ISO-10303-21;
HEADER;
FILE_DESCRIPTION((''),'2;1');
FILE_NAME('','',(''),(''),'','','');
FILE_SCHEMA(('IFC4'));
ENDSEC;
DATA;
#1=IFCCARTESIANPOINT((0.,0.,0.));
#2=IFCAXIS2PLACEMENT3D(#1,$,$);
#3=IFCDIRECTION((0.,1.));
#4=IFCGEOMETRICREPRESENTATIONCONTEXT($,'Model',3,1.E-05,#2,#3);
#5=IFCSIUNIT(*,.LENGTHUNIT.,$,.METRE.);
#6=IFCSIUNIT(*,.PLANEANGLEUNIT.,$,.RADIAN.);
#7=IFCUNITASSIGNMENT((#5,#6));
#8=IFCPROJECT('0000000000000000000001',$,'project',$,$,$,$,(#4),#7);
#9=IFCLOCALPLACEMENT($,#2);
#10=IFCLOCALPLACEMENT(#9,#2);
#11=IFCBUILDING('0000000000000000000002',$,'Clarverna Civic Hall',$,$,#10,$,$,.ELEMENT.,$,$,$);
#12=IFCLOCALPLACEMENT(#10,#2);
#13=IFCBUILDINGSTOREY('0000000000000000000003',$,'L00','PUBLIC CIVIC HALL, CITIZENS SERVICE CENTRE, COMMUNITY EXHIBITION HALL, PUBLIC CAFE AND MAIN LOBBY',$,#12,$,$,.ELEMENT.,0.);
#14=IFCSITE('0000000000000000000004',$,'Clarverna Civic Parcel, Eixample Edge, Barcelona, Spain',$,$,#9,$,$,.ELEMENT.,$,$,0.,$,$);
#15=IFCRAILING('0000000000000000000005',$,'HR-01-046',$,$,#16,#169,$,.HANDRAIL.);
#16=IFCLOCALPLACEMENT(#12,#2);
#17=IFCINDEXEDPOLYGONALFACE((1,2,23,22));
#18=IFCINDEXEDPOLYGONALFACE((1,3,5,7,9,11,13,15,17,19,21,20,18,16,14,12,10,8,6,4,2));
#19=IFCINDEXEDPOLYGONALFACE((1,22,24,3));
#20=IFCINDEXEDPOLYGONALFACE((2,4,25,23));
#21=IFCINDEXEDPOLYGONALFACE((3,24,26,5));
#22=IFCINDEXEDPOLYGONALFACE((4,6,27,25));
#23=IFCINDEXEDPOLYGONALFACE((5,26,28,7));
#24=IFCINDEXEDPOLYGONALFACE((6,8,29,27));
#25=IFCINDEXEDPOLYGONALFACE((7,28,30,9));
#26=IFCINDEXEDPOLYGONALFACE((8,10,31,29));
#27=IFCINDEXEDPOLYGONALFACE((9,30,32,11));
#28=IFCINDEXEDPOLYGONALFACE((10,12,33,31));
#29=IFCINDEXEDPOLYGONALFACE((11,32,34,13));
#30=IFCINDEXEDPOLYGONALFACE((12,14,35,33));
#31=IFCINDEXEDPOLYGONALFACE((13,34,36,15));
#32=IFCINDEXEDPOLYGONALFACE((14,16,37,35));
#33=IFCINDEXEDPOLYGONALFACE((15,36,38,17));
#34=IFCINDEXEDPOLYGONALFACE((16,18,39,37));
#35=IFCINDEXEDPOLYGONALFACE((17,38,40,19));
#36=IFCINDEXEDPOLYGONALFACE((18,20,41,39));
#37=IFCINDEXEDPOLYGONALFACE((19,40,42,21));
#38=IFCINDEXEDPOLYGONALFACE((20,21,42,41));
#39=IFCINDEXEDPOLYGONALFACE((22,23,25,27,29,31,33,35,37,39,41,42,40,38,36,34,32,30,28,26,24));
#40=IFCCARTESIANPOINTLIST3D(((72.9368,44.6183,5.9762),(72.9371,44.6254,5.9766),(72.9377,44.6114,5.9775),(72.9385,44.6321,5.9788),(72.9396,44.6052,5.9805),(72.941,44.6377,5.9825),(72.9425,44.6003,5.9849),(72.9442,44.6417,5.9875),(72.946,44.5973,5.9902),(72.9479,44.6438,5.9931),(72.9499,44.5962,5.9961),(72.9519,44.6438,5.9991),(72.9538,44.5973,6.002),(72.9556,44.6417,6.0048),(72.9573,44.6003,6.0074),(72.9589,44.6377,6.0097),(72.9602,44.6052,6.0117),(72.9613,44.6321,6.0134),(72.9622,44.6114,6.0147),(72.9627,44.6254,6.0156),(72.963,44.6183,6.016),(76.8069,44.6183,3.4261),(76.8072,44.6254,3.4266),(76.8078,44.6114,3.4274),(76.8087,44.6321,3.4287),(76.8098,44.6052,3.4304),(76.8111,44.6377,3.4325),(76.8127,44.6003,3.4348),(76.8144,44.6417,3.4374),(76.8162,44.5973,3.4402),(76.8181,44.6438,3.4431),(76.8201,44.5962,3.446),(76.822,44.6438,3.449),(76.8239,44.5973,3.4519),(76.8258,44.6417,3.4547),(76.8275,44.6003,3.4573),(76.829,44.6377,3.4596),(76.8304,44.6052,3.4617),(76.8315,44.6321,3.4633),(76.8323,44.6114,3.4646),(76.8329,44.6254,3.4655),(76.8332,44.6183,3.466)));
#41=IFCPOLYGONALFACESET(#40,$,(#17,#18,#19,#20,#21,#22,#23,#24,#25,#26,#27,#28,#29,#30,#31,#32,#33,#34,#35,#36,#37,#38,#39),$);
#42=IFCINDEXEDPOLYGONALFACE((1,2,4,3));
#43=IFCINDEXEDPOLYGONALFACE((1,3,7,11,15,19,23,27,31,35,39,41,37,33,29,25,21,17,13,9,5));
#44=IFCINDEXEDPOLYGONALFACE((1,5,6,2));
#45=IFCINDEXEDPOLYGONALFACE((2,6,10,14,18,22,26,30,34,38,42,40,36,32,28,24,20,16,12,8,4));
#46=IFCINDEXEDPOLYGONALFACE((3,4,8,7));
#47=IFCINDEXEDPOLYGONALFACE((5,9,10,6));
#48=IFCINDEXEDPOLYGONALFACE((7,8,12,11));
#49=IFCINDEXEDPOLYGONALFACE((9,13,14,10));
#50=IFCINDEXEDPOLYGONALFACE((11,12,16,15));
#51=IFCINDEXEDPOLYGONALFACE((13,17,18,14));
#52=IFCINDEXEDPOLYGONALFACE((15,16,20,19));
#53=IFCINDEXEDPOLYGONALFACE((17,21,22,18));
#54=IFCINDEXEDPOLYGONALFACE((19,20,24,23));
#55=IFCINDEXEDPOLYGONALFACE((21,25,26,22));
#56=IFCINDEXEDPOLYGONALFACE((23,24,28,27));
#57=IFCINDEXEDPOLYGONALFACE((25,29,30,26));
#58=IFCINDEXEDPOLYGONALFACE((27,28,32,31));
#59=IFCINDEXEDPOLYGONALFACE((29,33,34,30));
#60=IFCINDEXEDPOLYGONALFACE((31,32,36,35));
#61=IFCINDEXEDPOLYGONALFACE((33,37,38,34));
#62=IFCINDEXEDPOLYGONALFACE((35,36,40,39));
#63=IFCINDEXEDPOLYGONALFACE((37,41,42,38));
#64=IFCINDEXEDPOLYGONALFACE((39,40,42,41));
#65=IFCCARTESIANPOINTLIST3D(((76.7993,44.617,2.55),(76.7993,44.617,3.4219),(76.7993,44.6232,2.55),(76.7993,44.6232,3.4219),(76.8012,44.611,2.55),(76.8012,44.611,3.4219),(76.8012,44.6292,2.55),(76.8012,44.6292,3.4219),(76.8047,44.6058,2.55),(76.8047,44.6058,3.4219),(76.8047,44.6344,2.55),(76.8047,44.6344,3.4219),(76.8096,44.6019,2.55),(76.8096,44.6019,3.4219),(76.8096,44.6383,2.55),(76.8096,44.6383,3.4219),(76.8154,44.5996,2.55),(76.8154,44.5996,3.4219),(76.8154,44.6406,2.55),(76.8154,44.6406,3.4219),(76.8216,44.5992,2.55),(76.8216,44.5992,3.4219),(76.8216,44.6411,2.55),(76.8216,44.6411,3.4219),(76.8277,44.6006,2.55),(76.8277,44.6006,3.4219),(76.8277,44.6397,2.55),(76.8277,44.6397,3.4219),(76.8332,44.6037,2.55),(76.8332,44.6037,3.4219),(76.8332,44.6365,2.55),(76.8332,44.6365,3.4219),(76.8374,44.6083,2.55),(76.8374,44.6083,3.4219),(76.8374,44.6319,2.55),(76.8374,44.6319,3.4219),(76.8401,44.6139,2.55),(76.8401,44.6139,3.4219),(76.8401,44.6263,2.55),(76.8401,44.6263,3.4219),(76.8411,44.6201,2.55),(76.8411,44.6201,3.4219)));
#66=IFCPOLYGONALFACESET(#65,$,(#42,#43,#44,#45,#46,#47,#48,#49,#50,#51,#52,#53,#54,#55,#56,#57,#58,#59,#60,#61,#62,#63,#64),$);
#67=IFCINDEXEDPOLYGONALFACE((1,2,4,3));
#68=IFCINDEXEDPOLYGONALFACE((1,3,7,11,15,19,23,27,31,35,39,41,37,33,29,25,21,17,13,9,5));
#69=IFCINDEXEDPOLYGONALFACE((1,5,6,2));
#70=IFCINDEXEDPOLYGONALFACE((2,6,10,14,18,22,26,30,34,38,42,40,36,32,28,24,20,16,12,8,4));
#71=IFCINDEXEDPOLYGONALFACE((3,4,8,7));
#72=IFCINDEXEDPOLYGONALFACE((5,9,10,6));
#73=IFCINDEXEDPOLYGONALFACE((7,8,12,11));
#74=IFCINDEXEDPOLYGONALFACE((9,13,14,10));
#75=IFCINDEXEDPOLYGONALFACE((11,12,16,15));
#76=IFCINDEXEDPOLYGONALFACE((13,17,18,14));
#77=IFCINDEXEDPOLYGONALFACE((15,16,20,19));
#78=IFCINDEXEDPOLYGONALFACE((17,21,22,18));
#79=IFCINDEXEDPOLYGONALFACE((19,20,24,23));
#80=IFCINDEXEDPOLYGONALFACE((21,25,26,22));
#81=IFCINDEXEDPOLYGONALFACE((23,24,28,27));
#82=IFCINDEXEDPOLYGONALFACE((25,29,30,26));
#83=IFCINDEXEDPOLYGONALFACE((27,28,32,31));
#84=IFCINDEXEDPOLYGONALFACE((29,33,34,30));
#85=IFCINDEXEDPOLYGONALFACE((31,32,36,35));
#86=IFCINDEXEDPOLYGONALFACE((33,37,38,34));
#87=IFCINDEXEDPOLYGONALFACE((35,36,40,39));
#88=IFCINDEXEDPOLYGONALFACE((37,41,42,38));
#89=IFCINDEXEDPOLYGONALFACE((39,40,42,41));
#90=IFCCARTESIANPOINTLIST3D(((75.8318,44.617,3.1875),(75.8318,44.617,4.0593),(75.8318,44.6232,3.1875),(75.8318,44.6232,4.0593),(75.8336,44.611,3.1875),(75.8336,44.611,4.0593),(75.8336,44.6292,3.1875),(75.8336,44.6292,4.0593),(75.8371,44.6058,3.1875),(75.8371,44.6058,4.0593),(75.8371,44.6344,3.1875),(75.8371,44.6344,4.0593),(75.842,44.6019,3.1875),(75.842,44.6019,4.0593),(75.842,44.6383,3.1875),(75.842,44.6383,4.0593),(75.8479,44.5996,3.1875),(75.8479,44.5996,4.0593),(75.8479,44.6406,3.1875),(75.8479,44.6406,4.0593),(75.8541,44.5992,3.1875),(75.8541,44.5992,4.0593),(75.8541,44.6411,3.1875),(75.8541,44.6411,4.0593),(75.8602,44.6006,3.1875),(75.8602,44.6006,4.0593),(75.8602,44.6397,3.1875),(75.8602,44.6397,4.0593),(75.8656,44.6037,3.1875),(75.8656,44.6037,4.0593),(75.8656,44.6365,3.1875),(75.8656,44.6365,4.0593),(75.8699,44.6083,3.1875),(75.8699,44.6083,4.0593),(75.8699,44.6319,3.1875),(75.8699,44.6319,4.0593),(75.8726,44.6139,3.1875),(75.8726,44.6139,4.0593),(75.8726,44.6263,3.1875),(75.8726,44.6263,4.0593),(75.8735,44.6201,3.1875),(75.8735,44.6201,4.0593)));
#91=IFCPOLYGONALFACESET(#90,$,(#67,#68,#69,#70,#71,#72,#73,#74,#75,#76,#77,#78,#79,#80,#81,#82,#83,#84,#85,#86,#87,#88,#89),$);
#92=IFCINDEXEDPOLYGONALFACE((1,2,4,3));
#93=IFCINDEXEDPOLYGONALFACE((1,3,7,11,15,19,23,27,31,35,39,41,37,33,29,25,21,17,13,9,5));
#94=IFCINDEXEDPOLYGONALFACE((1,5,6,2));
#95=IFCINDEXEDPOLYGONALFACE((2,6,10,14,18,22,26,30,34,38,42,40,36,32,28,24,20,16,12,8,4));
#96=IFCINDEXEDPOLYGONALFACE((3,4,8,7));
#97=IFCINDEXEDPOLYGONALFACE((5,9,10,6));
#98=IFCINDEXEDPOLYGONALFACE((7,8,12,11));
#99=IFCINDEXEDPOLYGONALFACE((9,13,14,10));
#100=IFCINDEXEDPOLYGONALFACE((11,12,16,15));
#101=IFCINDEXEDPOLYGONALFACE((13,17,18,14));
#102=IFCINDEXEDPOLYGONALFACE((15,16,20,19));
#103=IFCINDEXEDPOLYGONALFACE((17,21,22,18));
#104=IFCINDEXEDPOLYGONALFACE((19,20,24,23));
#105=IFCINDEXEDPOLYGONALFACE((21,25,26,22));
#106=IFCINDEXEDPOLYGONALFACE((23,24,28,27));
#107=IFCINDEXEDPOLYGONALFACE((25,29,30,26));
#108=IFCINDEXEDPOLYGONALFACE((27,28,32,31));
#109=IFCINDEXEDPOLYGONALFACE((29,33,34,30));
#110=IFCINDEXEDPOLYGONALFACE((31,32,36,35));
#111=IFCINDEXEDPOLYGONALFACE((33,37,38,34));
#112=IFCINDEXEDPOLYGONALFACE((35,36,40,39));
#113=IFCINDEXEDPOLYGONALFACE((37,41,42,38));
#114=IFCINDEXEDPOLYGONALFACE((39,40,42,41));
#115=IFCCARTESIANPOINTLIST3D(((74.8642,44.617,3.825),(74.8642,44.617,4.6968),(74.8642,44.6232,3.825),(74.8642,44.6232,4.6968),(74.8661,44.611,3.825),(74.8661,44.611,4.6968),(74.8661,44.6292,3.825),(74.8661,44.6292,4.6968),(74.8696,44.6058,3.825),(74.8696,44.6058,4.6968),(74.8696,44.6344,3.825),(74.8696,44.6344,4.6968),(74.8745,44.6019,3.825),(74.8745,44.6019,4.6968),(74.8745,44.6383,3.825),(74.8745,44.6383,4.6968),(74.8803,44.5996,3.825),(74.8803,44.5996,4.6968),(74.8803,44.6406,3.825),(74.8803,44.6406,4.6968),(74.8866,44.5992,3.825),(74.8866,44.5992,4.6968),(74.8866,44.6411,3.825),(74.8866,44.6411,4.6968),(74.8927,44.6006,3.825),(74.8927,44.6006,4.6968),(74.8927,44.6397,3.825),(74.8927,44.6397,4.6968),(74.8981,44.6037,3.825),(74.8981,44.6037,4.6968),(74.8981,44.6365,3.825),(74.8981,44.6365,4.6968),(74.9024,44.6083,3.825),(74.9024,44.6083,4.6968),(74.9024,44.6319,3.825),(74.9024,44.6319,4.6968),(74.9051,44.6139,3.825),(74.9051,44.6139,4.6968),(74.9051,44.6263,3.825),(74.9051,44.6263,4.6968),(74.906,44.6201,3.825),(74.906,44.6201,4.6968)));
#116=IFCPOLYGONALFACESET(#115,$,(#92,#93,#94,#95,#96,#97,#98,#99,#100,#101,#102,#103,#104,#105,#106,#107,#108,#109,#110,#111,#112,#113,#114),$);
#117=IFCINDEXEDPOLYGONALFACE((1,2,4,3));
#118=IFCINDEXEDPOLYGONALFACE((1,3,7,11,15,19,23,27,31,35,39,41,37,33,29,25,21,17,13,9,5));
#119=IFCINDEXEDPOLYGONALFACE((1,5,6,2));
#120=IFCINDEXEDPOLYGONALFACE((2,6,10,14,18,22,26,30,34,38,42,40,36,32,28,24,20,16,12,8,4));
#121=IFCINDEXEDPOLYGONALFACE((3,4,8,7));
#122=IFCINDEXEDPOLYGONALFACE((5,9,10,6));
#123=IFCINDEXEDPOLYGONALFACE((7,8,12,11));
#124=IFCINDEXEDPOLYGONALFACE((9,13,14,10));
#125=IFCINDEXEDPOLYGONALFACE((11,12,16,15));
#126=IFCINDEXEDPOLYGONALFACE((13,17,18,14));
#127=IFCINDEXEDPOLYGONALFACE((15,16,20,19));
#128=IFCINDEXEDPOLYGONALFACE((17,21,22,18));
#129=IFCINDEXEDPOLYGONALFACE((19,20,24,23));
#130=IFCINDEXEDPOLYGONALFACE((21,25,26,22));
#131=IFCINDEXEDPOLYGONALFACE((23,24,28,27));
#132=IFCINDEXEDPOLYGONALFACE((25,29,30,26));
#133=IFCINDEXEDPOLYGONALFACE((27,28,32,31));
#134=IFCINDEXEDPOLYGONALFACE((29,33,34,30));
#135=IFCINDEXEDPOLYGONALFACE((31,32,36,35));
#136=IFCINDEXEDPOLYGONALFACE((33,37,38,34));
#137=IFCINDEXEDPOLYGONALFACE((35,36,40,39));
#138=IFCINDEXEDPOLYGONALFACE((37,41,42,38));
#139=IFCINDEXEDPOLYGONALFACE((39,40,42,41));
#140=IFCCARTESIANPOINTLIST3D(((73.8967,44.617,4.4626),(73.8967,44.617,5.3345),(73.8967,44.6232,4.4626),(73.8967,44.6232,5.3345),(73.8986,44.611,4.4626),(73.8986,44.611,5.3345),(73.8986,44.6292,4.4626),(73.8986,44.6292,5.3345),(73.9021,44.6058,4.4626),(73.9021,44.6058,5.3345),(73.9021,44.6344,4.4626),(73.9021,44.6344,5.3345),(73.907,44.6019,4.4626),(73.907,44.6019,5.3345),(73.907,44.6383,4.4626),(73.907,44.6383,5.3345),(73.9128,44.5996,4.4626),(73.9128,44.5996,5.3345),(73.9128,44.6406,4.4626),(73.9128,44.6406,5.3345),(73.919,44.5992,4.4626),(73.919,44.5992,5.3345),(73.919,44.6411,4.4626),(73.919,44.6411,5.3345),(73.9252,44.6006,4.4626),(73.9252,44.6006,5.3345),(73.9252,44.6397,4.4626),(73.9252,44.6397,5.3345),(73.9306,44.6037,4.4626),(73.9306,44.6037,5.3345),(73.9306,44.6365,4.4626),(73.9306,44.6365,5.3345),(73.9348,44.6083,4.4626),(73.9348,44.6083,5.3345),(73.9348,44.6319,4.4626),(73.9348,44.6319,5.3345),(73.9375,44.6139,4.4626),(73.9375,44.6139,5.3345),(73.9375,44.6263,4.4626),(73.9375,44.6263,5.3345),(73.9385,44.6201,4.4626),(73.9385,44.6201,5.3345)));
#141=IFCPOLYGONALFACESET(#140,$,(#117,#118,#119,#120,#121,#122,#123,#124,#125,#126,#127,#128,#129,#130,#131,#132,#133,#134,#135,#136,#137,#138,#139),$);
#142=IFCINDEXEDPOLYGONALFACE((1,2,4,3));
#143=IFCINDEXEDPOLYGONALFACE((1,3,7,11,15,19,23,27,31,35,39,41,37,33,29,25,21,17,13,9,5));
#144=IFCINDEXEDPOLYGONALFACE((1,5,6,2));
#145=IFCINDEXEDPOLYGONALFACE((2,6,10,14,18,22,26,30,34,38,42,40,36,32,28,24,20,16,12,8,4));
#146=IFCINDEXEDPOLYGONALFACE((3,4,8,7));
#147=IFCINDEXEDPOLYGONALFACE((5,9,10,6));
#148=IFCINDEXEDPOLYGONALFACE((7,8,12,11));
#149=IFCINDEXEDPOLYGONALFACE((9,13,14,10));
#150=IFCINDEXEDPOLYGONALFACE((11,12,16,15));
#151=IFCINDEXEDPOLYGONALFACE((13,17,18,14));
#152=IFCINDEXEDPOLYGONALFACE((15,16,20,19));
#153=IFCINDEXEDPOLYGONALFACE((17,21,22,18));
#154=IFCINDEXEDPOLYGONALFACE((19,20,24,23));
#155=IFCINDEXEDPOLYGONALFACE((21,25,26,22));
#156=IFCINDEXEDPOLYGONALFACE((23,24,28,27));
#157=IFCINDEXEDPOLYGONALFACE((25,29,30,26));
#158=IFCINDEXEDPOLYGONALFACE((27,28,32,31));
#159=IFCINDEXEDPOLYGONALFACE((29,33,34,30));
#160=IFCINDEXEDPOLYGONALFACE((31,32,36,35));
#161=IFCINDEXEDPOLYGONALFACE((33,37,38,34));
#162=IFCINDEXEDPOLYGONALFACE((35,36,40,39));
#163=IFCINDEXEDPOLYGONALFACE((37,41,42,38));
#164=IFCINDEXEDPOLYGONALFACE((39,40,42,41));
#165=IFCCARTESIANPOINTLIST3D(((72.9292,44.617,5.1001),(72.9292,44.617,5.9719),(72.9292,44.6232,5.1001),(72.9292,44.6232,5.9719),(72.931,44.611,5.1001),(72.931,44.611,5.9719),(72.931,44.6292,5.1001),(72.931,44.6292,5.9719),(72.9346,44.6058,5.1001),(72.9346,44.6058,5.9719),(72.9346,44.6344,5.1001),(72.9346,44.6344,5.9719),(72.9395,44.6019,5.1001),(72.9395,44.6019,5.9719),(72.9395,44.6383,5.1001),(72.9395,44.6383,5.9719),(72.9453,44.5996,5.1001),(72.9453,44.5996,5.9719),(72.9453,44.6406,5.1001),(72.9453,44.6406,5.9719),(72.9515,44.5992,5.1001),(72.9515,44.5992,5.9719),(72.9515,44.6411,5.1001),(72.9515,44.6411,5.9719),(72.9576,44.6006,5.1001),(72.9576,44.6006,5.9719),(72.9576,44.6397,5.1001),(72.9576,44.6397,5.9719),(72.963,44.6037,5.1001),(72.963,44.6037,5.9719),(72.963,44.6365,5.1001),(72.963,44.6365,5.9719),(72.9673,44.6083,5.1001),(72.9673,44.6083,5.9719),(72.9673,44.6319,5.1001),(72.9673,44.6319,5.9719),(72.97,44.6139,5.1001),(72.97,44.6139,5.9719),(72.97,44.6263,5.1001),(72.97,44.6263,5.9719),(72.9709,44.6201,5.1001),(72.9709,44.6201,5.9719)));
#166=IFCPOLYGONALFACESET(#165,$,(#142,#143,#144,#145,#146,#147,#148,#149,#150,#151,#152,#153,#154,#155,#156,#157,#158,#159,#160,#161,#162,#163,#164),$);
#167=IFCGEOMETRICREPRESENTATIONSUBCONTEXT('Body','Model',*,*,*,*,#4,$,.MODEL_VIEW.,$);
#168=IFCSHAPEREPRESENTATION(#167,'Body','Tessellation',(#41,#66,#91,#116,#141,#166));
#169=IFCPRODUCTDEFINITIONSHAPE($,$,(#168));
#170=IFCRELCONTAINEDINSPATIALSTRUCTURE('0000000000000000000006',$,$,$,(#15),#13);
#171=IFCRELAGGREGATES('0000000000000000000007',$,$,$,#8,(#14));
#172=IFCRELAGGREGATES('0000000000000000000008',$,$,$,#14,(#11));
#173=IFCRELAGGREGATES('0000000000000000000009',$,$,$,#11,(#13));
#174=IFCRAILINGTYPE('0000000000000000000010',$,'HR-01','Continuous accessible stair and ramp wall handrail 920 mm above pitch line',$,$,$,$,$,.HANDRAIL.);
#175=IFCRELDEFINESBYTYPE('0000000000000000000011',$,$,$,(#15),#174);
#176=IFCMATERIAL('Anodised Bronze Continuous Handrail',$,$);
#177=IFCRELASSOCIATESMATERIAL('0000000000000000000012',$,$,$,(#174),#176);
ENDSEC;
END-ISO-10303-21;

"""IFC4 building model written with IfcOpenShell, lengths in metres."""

from ifc_helpers import new_model, si_unit, direction, frame, origin, origin_2d, place, context, subcontext, project, spatial, circle, extrude, material, type_object, element, save


model = new_model("IFC4")

# Units and contexts
model_context = context("Model", 3, precision=1e-05, world=origin(), true_north=direction((0.0, 1.0)))
body_context = subcontext(model_context, "Body", "Model", "MODEL_VIEW")
ifc_project = project(units=[si_unit("LENGTHUNIT", "METRE"), si_unit("PLANEANGLEUNIT", "RADIAN")], contexts=[model_context])

# Site, building, storey
site_placement = place(None, origin())
site = spatial("IfcSite", under=ifc_project, at=site_placement, Name="Clarverna Civic Parcel, Eixample Edge, Barcelona, Spain", CompositionType="ELEMENT", RefElevation=0.0)
building_placement = place(site_placement, origin())
building = spatial("IfcBuilding", under=site, at=building_placement, Name="Clarverna Civic Hall", CompositionType="ELEMENT")
storey_placement = place(building_placement, origin())
storey = spatial("IfcBuildingStorey", under=building, at=storey_placement, Name="L00", Description="PUBLIC CIVIC HALL, CITIZENS SERVICE CENTRE, COMMUNITY EXHIBITION HALL, PUBLIC CAFE AND MAIN LOBBY", CompositionType="ELEMENT", Elevation=0.0)

# Railing
ifc_material_1 = material(Name="Anodised Bronze Continuous Handrail")
railing_type_1 = type_object("IfcRailingType", Name="HR-01", Description="Continuous accessible stair and ramp wall handrail 920 mm above pitch line", PredefinedType="HANDRAIL", material=ifc_material_1)
railing_1_placement = place(storey_placement, frame((76.8201, 44.6201, 2.55)))
element("IfcRailing", 1, at=railing_1_placement, inside=storey, type_object=railing_type_1, Name="HR-01-046", PredefinedType="HANDRAIL", context=body_context, shape_type="SweptSolid", body=[
    extrude(circle(Radius=0.0239, at=origin_2d()), frame((0.0, 0.0, 0.896), z_axis=(-0.835029, 0.0, 0.550207), x_axis=(0.0, -1.0, 0.0)), (0.0, 0.0, 1.0), 4.6348),
    extrude(circle(Radius=0.021, at=origin_2d()), origin(), (0.0, 0.0, 1.0), 0.8718),
    extrude(circle(Radius=0.021, at=origin_2d()), frame((-0.9675, 0.0, 0.6375)), (0.0, 0.0, 1.0), 0.8718),
    extrude(circle(Radius=0.021, at=origin_2d()), frame((-1.9351, 0.0, 1.2749)), (0.0, 0.0, 1.0), 0.8718),
    extrude(circle(Radius=0.021, at=origin_2d()), frame((-2.9026, 0.0, 1.9126)), (0.0, 0.0, 1.0), 0.8718),
    extrude(circle(Radius=0.021, at=origin_2d()), frame((-3.8701, 0.0, 2.55)), (0.0, 0.0, 1.0), 0.8718),
])

save(model, "model.ifc")
